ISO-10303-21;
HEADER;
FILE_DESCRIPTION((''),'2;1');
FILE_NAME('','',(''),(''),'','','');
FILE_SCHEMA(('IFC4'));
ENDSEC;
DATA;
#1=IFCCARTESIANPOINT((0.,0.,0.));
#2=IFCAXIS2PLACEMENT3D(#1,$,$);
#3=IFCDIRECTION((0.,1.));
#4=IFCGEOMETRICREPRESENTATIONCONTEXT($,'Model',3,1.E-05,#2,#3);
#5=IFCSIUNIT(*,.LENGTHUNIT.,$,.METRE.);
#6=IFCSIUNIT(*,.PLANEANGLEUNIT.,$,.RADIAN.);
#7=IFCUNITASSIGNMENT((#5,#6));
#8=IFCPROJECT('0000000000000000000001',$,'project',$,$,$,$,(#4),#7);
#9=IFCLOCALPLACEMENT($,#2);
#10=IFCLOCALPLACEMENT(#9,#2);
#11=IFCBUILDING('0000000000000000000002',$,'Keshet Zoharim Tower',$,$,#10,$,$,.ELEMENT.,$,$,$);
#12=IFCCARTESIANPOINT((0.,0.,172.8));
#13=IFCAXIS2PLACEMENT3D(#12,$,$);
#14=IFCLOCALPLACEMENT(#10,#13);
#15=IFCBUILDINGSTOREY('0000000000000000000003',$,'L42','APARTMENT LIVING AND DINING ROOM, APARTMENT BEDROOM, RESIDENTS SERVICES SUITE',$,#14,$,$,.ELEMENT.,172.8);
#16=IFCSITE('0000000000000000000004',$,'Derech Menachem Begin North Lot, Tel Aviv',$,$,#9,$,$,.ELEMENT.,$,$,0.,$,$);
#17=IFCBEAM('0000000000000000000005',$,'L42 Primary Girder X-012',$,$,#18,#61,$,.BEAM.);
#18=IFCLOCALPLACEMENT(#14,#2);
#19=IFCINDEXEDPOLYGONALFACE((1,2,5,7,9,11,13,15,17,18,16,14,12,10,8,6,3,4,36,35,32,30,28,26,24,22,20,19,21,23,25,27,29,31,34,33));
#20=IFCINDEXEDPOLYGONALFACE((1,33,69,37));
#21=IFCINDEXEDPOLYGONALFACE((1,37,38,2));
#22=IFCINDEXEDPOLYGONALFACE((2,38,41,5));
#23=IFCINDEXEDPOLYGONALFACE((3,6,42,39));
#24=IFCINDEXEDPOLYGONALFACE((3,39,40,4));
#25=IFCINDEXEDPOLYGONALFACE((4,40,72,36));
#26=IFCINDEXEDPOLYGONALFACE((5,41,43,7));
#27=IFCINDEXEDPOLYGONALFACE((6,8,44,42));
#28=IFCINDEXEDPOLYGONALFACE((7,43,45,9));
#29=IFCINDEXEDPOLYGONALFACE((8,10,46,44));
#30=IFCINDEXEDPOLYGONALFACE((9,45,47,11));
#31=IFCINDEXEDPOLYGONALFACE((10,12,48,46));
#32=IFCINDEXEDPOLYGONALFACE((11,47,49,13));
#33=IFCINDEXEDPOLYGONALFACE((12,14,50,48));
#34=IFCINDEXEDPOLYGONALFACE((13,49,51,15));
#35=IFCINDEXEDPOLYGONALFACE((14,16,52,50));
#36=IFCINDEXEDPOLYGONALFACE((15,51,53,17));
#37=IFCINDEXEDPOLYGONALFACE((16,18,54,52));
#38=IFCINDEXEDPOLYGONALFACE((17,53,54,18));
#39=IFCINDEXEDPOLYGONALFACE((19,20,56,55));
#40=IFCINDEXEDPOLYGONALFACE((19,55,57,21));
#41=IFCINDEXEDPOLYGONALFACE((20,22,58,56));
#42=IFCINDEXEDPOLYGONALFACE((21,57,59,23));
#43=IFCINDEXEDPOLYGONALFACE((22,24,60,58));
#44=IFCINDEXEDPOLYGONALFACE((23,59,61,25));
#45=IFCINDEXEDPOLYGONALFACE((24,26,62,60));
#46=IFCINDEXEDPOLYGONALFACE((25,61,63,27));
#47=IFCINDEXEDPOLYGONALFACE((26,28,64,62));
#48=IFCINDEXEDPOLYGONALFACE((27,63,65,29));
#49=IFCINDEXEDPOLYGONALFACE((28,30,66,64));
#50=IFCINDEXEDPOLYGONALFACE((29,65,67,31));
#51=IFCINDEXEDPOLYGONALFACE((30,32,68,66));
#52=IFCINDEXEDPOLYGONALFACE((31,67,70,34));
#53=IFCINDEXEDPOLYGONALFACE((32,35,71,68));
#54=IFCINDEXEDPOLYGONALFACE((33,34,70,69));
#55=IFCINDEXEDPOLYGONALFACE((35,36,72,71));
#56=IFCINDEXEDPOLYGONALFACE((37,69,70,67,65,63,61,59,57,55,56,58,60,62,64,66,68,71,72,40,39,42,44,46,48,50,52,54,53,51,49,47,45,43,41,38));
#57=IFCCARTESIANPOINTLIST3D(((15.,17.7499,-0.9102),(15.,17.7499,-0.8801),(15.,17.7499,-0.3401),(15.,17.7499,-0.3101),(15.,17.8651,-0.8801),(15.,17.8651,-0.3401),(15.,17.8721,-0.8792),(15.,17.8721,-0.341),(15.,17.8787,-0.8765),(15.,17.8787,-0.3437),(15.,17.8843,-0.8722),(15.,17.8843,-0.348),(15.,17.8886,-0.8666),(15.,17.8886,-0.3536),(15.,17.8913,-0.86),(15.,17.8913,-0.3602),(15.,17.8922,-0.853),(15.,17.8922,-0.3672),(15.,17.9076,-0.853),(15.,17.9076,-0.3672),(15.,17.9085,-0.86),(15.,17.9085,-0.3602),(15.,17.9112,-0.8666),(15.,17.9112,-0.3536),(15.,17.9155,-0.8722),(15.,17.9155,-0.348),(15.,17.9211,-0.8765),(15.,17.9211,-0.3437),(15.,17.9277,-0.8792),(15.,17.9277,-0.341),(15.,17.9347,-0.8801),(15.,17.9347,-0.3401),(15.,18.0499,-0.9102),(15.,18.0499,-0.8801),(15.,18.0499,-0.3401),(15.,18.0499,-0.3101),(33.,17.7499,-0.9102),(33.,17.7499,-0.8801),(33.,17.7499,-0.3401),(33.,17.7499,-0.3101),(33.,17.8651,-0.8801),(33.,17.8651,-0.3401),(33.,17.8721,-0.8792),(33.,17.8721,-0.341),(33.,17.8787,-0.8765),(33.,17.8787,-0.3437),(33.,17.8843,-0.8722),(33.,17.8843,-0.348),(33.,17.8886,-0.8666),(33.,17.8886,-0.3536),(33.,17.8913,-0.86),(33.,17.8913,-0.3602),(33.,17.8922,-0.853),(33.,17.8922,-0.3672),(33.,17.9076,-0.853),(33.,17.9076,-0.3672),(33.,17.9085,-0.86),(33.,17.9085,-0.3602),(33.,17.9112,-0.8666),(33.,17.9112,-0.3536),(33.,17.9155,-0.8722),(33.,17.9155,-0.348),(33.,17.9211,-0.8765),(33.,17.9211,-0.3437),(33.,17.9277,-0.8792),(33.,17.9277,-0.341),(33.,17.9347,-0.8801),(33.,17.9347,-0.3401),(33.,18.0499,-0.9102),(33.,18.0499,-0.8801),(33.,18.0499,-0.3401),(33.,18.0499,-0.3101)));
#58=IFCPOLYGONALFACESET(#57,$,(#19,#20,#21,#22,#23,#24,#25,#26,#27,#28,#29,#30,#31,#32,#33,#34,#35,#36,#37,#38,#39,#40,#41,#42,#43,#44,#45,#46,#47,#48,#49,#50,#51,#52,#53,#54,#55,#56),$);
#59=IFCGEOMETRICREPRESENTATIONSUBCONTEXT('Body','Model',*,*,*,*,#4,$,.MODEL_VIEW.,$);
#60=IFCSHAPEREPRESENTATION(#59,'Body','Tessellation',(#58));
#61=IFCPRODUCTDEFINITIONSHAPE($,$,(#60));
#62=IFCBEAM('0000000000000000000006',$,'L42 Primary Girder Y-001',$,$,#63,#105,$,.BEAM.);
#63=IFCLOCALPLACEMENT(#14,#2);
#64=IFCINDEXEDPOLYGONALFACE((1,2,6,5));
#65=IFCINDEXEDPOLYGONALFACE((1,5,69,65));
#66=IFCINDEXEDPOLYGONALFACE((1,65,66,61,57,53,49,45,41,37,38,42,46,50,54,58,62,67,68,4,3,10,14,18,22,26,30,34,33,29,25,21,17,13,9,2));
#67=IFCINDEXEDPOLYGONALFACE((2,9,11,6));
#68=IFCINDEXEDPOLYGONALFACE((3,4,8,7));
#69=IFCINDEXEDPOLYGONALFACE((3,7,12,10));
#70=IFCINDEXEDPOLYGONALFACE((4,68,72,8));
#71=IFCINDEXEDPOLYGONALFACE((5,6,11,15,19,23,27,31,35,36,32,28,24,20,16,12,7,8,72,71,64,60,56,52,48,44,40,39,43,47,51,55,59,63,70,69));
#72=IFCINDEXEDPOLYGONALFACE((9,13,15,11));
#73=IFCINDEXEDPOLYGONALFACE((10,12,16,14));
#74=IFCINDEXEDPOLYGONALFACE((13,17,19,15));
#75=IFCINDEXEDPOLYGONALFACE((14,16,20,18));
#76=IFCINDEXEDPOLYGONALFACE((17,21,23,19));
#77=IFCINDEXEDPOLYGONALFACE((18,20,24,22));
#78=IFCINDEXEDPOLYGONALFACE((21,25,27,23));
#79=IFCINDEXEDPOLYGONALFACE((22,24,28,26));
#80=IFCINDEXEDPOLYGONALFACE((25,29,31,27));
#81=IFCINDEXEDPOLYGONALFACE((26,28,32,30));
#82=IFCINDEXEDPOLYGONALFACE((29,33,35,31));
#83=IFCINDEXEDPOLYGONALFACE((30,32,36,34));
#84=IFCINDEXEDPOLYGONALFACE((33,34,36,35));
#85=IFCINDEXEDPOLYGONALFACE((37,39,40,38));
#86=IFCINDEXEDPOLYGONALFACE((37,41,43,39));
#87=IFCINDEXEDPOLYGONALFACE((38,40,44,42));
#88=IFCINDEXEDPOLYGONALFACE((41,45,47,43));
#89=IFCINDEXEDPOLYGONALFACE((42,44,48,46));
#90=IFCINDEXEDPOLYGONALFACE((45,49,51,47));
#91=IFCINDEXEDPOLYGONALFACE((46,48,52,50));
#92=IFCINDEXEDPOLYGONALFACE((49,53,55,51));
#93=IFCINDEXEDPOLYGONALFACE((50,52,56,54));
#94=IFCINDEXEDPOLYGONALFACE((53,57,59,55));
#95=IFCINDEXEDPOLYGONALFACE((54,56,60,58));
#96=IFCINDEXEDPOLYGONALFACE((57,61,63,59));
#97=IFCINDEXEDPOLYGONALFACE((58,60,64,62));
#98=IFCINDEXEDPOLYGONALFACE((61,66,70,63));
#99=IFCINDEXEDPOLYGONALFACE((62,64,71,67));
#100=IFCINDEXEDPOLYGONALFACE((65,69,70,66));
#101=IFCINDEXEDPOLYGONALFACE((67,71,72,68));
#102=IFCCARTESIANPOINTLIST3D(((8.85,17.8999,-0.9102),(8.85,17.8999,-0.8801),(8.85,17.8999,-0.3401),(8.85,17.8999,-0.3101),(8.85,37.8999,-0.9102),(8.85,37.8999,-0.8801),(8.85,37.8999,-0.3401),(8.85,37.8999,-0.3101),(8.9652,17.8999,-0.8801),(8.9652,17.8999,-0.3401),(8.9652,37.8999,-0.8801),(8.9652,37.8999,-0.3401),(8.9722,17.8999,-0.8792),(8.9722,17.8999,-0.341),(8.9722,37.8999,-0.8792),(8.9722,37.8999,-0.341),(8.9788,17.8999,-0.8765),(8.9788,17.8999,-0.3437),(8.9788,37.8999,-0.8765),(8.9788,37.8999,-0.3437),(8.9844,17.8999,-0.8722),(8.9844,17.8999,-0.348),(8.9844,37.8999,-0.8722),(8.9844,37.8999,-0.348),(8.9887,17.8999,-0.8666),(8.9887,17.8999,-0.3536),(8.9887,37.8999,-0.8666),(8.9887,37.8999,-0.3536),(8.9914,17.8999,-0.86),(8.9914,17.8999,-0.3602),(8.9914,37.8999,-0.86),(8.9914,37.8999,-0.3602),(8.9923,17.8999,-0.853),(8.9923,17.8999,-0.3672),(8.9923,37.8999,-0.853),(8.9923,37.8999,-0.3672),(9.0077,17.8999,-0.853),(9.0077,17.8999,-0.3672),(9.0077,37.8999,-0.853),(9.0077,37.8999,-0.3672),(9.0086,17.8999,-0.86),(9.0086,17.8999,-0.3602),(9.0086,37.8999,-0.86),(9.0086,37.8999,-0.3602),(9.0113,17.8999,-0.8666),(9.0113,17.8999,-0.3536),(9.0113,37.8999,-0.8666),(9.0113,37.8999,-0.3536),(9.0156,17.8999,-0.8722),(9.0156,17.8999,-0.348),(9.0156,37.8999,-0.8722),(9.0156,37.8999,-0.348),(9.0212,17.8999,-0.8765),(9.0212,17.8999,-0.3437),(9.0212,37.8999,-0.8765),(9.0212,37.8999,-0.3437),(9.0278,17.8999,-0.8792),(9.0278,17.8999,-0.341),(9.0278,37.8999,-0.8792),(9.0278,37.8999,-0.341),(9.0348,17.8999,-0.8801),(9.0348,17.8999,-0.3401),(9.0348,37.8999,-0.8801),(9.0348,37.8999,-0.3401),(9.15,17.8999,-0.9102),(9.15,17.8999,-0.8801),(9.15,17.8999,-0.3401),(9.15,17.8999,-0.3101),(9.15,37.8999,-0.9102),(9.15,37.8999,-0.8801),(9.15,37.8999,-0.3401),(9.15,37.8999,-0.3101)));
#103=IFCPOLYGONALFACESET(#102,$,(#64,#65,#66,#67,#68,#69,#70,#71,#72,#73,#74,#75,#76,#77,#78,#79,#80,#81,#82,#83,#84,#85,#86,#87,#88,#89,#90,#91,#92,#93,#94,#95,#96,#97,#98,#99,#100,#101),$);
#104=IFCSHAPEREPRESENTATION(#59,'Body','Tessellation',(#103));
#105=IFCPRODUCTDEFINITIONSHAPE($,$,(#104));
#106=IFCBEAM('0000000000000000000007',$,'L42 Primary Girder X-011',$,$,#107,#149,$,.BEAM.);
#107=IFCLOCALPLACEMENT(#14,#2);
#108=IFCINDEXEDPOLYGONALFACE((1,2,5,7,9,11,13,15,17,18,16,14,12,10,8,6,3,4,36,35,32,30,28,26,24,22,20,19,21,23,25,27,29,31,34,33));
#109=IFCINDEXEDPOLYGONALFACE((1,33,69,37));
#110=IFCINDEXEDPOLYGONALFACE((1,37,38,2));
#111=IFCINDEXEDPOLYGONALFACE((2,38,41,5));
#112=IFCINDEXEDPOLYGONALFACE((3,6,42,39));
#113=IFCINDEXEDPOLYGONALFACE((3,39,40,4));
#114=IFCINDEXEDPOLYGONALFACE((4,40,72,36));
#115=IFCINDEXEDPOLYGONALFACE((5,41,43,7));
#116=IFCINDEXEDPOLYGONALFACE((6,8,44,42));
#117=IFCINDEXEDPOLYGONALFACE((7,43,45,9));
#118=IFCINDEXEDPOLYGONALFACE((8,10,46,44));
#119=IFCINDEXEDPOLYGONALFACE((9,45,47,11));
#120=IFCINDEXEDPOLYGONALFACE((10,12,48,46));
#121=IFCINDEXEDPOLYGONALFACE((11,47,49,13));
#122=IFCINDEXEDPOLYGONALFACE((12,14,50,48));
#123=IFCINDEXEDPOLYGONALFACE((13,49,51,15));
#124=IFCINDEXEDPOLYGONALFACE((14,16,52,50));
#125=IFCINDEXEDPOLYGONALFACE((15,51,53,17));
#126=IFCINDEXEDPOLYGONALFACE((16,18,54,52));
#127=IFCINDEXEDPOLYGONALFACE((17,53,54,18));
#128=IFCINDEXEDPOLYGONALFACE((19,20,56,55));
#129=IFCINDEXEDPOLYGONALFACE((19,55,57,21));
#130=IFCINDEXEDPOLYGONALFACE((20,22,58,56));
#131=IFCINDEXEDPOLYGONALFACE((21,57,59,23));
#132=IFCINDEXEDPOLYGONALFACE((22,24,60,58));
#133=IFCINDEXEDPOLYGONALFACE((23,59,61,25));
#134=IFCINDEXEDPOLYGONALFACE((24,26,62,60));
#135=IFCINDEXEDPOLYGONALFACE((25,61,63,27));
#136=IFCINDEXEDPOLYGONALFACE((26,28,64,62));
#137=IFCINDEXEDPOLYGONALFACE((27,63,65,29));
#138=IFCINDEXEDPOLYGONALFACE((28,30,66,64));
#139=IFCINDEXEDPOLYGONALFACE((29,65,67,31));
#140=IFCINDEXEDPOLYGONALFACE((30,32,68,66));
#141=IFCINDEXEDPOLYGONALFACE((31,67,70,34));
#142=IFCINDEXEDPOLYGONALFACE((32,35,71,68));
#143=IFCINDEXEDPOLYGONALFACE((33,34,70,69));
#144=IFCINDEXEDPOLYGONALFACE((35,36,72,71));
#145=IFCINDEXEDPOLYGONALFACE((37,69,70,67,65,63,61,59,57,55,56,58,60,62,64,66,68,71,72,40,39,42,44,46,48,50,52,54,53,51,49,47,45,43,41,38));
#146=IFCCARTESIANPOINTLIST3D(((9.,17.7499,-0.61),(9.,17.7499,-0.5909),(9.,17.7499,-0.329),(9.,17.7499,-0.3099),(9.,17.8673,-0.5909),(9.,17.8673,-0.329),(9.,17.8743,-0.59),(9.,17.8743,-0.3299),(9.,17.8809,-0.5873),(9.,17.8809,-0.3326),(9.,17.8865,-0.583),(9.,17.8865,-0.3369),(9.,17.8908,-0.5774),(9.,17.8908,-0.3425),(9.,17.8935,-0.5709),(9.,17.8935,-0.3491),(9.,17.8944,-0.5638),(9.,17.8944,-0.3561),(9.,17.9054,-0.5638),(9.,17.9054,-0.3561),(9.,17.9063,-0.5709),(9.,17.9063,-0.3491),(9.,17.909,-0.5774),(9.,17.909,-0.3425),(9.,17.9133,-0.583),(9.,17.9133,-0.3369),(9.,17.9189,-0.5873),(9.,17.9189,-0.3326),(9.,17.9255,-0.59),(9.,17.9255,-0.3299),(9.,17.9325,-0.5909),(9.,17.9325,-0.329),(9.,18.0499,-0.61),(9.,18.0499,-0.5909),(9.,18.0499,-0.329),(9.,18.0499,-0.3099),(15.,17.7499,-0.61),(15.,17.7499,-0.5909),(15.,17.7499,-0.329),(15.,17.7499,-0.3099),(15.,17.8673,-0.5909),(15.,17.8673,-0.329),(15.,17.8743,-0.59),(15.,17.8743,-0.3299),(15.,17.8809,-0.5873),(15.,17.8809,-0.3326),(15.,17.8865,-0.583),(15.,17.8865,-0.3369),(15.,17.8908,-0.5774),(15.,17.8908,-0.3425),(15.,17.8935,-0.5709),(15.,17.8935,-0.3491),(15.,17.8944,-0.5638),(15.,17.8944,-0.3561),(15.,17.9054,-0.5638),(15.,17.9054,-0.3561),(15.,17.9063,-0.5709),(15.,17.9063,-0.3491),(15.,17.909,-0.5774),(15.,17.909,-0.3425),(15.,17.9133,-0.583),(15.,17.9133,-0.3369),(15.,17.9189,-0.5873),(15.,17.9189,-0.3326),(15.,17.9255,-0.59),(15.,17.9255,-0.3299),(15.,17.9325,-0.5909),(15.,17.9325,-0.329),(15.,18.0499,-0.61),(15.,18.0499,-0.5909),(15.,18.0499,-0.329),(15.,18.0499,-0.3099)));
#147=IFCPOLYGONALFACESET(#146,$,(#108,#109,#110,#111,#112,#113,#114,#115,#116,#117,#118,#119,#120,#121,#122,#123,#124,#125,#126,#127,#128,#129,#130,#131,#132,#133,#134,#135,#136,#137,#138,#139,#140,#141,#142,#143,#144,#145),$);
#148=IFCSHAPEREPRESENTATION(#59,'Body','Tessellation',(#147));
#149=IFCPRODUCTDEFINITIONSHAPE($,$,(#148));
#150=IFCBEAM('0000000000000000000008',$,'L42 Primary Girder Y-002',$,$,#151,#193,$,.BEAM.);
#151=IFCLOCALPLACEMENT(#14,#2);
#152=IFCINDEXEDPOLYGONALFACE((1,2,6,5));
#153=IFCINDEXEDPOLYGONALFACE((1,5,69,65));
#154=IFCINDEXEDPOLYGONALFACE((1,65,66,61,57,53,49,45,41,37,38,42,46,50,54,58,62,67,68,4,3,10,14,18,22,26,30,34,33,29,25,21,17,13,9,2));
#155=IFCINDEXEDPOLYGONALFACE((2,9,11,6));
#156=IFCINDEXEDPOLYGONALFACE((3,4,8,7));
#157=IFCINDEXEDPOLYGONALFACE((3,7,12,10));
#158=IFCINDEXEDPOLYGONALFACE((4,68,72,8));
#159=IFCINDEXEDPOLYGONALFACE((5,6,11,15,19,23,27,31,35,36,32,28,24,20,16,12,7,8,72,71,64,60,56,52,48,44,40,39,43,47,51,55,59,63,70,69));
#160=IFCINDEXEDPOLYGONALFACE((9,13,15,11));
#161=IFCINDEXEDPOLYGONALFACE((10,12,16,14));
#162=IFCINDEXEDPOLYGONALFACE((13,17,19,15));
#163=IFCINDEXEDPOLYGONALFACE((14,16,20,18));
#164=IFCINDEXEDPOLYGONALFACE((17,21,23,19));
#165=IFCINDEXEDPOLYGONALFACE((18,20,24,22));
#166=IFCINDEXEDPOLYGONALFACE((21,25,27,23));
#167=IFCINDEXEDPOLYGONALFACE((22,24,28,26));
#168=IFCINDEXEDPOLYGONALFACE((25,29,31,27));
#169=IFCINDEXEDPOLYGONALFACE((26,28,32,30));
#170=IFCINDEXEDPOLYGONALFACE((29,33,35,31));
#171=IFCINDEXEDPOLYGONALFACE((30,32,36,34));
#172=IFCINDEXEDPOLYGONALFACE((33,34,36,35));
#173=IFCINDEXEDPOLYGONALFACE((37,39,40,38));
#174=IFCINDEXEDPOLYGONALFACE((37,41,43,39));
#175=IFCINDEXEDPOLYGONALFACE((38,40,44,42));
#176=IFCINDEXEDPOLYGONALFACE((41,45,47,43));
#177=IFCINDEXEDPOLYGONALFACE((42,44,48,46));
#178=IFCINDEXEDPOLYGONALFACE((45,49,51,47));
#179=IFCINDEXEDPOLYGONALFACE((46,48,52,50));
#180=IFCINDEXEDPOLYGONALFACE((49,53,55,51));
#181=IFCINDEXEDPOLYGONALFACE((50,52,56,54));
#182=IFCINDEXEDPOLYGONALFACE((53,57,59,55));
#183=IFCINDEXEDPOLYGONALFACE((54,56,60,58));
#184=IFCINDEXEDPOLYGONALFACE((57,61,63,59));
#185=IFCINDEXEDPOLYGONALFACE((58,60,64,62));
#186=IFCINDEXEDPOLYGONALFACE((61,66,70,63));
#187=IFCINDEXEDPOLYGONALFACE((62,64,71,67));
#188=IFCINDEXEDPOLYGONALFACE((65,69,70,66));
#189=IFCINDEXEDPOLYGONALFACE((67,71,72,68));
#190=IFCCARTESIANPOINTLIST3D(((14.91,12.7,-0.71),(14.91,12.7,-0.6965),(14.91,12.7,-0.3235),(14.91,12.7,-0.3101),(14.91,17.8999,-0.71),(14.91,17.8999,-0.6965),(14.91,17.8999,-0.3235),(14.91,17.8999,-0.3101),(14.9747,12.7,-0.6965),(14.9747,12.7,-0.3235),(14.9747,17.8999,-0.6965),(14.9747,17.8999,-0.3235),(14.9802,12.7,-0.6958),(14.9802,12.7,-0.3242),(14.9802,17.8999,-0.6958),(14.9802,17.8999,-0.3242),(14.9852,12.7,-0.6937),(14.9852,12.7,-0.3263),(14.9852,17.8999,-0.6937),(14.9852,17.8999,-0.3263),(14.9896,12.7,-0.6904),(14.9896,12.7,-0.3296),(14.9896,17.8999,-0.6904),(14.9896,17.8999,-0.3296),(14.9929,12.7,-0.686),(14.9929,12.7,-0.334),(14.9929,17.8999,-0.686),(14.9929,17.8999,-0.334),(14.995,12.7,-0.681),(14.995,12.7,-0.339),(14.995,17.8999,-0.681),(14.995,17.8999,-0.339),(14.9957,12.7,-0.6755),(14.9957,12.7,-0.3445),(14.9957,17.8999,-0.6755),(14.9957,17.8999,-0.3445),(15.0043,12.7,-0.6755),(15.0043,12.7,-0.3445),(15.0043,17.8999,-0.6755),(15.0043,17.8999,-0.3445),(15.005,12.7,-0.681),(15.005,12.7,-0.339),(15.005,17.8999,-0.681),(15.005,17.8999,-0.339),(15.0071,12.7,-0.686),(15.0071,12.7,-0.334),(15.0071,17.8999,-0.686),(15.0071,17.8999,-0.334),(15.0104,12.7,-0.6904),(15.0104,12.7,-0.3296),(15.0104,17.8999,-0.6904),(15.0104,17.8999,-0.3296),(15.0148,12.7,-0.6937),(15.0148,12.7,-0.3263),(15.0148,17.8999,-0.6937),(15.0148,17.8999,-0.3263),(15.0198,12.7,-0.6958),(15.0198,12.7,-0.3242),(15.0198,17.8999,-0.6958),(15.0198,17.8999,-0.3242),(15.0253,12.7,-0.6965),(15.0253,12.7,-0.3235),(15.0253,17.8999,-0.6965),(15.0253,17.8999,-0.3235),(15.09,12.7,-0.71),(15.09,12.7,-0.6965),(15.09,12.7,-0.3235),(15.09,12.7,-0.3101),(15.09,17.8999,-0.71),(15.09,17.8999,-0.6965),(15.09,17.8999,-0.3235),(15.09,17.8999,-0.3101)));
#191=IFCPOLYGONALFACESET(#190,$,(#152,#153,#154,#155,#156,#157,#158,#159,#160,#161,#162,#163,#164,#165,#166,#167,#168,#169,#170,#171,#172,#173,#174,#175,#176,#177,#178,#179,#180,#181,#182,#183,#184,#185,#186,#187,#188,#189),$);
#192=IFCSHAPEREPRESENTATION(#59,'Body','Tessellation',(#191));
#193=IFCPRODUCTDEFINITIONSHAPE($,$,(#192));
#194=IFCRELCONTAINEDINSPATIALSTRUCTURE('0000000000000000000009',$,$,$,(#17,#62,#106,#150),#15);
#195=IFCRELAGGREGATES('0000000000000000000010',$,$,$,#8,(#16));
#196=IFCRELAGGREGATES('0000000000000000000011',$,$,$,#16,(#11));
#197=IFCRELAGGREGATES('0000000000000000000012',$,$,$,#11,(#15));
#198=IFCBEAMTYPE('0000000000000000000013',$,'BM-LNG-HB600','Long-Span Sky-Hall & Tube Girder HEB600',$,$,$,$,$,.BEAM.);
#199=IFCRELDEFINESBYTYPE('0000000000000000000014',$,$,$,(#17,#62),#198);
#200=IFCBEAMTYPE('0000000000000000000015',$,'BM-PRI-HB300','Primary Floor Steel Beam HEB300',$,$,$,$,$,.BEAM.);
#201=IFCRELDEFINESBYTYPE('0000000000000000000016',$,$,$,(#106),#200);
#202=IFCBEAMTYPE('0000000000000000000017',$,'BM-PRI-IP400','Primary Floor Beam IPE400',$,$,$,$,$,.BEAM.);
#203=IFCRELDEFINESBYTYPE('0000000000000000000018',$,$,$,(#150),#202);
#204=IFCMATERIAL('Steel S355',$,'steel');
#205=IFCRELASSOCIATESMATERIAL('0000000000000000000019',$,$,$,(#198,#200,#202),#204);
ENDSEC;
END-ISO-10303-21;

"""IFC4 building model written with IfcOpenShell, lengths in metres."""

from ifc_helpers import new_model, si_unit, direction, frame, origin, origin_2d, place, context, subcontext, project, spatial, i_section, extrude, material, material_profile, profile_set, type_object, element, save


model = new_model("IFC4")

# Units and contexts
model_context = context("Model", 3, precision=1e-05, world=origin(), true_north=direction((0.0, 1.0)))
body_context = subcontext(model_context, "Body", "Model", "MODEL_VIEW")
ifc_project = project(units=[si_unit("LENGTHUNIT", "METRE"), si_unit("PLANEANGLEUNIT", "RADIAN")], contexts=[model_context])

# Site, building, storey
site_placement = place(None, origin())
site = spatial("IfcSite", under=ifc_project, at=site_placement, Name="Derech Menachem Begin North Lot, Tel Aviv", CompositionType="ELEMENT", RefElevation=0.0)
building_placement = place(site_placement, origin())
building = spatial("IfcBuilding", under=site, at=building_placement, Name="Keshet Zoharim Tower", CompositionType="ELEMENT")
storey_placement = place(building_placement, frame((0.0, 0.0, 172.8)))
storey = spatial("IfcBuildingStorey", under=building, at=storey_placement, Name="L42", Description="APARTMENT LIVING AND DINING ROOM, APARTMENT BEDROOM, RESIDENTS SERVICES SUITE", CompositionType="ELEMENT", Elevation=172.8)

# Shared definitions
ifc_material_1 = material(Name="Steel S355", Category="steel")

# Beams
ifc_material_profile_1 = material_profile(ifc_material_1, i_section(OverallWidth=0.3, OverallDepth=0.6001, WebThickness=0.0154, FlangeThickness=0.03, FilletRadius=0.0271, at=origin_2d()), Name="HEB600")
ifc_profile_set_1 = profile_set([ifc_material_profile_1], Name="Steel S355")
beam_type_1 = type_object("IfcBeamType", Name="BM-LNG-HB600", Description="Long-Span Sky-Hall & Tube Girder HEB600", PredefinedType="BEAM", material=ifc_profile_set_1)
for number, where, z_axis, x_axis, name in (
    (1, (15.0, 17.8999, -0.6101), (1.0, 0.0, 0.0), (0.0, 1.0, 0.0), "L42 Primary Girder X-012"),
):
    element("IfcBeam", number, at=place(storey_placement, frame(where, z_axis=z_axis, x_axis=x_axis)), inside=storey, type_object=beam_type_1, Name=name, PredefinedType="BEAM", context=body_context, shape_type="SweptSolid", body=[
        extrude(i_section(OverallWidth=0.3, OverallDepth=0.6001, WebThickness=0.0154, FlangeThickness=0.03, FilletRadius=0.0271, at=origin_2d()), origin(), (0.0, 0.0, 1.0), 18.0),
    ])
beam_1_placement = place(storey_placement, frame((9.0, 17.8999, -0.6101), z_axis=(0.0, 1.0, 0.0), x_axis=(-1.0, 0.0, 0.0)))
element("IfcBeam", 2, at=beam_1_placement, inside=storey, type_object=beam_type_1, Name="L42 Primary Girder Y-001", PredefinedType="BEAM", context=body_context, shape_type="SweptSolid", body=[
    extrude(i_section(OverallWidth=0.3, OverallDepth=0.6001, WebThickness=0.0154, FlangeThickness=0.03, FilletRadius=0.0271, at=origin_2d()), origin(), (0.0, 0.0, 1.0), 20.0),
])
ifc_material_profile_2 = material_profile(ifc_material_1, i_section(OverallWidth=0.3, OverallDepth=0.3, WebThickness=0.011, FlangeThickness=0.019, FilletRadius=0.0271, at=origin_2d()), Name="HEB300")
ifc_profile_set_2 = profile_set([ifc_material_profile_2], Name="Steel S355")
beam_type_2 = type_object("IfcBeamType", Name="BM-PRI-HB300", Description="Primary Floor Steel Beam HEB300", PredefinedType="BEAM", material=ifc_profile_set_2)
beam_2_placement = place(storey_placement, frame((9.0, 17.8999, -0.46), z_axis=(1.0, 0.0, 0.0), x_axis=(0.0, 1.0, 0.0)))
element("IfcBeam", 3, at=beam_2_placement, inside=storey, type_object=beam_type_2, Name="L42 Primary Girder X-011", PredefinedType="BEAM", context=body_context, shape_type="SweptSolid", body=[
    extrude(i_section(OverallWidth=0.3, OverallDepth=0.3, WebThickness=0.011, FlangeThickness=0.019, FilletRadius=0.0271, at=origin_2d()), origin(), (0.0, 0.0, 1.0), 6.0),
])
ifc_material_profile_3 = material_profile(ifc_material_1, i_section(OverallWidth=0.1799, OverallDepth=0.3999, WebThickness=0.0085, FlangeThickness=0.0134, FilletRadius=0.021, at=origin_2d()), Name="IPE400")
ifc_profile_set_3 = profile_set([ifc_material_profile_3], Name="Steel S355")
beam_type_3 = type_object("IfcBeamType", Name="BM-PRI-IP400", Description="Primary Floor Beam IPE400", PredefinedType="BEAM", material=ifc_profile_set_3)
beam_3_placement = place(storey_placement, frame((15.0, 12.7, -0.51), z_axis=(0.0, 1.0, 0.0), x_axis=(-1.0, 0.0, 0.0)))
element("IfcBeam", 4, at=beam_3_placement, inside=storey, type_object=beam_type_3, Name="L42 Primary Girder Y-002", PredefinedType="BEAM", context=body_context, shape_type="SweptSolid", body=[
    extrude(i_section(OverallWidth=0.1799, OverallDepth=0.3999, WebThickness=0.0085, FlangeThickness=0.0134, FilletRadius=0.021, at=origin_2d()), origin(), (0.0, 0.0, 1.0), 5.2),
])

save(model, "model.ifc")
